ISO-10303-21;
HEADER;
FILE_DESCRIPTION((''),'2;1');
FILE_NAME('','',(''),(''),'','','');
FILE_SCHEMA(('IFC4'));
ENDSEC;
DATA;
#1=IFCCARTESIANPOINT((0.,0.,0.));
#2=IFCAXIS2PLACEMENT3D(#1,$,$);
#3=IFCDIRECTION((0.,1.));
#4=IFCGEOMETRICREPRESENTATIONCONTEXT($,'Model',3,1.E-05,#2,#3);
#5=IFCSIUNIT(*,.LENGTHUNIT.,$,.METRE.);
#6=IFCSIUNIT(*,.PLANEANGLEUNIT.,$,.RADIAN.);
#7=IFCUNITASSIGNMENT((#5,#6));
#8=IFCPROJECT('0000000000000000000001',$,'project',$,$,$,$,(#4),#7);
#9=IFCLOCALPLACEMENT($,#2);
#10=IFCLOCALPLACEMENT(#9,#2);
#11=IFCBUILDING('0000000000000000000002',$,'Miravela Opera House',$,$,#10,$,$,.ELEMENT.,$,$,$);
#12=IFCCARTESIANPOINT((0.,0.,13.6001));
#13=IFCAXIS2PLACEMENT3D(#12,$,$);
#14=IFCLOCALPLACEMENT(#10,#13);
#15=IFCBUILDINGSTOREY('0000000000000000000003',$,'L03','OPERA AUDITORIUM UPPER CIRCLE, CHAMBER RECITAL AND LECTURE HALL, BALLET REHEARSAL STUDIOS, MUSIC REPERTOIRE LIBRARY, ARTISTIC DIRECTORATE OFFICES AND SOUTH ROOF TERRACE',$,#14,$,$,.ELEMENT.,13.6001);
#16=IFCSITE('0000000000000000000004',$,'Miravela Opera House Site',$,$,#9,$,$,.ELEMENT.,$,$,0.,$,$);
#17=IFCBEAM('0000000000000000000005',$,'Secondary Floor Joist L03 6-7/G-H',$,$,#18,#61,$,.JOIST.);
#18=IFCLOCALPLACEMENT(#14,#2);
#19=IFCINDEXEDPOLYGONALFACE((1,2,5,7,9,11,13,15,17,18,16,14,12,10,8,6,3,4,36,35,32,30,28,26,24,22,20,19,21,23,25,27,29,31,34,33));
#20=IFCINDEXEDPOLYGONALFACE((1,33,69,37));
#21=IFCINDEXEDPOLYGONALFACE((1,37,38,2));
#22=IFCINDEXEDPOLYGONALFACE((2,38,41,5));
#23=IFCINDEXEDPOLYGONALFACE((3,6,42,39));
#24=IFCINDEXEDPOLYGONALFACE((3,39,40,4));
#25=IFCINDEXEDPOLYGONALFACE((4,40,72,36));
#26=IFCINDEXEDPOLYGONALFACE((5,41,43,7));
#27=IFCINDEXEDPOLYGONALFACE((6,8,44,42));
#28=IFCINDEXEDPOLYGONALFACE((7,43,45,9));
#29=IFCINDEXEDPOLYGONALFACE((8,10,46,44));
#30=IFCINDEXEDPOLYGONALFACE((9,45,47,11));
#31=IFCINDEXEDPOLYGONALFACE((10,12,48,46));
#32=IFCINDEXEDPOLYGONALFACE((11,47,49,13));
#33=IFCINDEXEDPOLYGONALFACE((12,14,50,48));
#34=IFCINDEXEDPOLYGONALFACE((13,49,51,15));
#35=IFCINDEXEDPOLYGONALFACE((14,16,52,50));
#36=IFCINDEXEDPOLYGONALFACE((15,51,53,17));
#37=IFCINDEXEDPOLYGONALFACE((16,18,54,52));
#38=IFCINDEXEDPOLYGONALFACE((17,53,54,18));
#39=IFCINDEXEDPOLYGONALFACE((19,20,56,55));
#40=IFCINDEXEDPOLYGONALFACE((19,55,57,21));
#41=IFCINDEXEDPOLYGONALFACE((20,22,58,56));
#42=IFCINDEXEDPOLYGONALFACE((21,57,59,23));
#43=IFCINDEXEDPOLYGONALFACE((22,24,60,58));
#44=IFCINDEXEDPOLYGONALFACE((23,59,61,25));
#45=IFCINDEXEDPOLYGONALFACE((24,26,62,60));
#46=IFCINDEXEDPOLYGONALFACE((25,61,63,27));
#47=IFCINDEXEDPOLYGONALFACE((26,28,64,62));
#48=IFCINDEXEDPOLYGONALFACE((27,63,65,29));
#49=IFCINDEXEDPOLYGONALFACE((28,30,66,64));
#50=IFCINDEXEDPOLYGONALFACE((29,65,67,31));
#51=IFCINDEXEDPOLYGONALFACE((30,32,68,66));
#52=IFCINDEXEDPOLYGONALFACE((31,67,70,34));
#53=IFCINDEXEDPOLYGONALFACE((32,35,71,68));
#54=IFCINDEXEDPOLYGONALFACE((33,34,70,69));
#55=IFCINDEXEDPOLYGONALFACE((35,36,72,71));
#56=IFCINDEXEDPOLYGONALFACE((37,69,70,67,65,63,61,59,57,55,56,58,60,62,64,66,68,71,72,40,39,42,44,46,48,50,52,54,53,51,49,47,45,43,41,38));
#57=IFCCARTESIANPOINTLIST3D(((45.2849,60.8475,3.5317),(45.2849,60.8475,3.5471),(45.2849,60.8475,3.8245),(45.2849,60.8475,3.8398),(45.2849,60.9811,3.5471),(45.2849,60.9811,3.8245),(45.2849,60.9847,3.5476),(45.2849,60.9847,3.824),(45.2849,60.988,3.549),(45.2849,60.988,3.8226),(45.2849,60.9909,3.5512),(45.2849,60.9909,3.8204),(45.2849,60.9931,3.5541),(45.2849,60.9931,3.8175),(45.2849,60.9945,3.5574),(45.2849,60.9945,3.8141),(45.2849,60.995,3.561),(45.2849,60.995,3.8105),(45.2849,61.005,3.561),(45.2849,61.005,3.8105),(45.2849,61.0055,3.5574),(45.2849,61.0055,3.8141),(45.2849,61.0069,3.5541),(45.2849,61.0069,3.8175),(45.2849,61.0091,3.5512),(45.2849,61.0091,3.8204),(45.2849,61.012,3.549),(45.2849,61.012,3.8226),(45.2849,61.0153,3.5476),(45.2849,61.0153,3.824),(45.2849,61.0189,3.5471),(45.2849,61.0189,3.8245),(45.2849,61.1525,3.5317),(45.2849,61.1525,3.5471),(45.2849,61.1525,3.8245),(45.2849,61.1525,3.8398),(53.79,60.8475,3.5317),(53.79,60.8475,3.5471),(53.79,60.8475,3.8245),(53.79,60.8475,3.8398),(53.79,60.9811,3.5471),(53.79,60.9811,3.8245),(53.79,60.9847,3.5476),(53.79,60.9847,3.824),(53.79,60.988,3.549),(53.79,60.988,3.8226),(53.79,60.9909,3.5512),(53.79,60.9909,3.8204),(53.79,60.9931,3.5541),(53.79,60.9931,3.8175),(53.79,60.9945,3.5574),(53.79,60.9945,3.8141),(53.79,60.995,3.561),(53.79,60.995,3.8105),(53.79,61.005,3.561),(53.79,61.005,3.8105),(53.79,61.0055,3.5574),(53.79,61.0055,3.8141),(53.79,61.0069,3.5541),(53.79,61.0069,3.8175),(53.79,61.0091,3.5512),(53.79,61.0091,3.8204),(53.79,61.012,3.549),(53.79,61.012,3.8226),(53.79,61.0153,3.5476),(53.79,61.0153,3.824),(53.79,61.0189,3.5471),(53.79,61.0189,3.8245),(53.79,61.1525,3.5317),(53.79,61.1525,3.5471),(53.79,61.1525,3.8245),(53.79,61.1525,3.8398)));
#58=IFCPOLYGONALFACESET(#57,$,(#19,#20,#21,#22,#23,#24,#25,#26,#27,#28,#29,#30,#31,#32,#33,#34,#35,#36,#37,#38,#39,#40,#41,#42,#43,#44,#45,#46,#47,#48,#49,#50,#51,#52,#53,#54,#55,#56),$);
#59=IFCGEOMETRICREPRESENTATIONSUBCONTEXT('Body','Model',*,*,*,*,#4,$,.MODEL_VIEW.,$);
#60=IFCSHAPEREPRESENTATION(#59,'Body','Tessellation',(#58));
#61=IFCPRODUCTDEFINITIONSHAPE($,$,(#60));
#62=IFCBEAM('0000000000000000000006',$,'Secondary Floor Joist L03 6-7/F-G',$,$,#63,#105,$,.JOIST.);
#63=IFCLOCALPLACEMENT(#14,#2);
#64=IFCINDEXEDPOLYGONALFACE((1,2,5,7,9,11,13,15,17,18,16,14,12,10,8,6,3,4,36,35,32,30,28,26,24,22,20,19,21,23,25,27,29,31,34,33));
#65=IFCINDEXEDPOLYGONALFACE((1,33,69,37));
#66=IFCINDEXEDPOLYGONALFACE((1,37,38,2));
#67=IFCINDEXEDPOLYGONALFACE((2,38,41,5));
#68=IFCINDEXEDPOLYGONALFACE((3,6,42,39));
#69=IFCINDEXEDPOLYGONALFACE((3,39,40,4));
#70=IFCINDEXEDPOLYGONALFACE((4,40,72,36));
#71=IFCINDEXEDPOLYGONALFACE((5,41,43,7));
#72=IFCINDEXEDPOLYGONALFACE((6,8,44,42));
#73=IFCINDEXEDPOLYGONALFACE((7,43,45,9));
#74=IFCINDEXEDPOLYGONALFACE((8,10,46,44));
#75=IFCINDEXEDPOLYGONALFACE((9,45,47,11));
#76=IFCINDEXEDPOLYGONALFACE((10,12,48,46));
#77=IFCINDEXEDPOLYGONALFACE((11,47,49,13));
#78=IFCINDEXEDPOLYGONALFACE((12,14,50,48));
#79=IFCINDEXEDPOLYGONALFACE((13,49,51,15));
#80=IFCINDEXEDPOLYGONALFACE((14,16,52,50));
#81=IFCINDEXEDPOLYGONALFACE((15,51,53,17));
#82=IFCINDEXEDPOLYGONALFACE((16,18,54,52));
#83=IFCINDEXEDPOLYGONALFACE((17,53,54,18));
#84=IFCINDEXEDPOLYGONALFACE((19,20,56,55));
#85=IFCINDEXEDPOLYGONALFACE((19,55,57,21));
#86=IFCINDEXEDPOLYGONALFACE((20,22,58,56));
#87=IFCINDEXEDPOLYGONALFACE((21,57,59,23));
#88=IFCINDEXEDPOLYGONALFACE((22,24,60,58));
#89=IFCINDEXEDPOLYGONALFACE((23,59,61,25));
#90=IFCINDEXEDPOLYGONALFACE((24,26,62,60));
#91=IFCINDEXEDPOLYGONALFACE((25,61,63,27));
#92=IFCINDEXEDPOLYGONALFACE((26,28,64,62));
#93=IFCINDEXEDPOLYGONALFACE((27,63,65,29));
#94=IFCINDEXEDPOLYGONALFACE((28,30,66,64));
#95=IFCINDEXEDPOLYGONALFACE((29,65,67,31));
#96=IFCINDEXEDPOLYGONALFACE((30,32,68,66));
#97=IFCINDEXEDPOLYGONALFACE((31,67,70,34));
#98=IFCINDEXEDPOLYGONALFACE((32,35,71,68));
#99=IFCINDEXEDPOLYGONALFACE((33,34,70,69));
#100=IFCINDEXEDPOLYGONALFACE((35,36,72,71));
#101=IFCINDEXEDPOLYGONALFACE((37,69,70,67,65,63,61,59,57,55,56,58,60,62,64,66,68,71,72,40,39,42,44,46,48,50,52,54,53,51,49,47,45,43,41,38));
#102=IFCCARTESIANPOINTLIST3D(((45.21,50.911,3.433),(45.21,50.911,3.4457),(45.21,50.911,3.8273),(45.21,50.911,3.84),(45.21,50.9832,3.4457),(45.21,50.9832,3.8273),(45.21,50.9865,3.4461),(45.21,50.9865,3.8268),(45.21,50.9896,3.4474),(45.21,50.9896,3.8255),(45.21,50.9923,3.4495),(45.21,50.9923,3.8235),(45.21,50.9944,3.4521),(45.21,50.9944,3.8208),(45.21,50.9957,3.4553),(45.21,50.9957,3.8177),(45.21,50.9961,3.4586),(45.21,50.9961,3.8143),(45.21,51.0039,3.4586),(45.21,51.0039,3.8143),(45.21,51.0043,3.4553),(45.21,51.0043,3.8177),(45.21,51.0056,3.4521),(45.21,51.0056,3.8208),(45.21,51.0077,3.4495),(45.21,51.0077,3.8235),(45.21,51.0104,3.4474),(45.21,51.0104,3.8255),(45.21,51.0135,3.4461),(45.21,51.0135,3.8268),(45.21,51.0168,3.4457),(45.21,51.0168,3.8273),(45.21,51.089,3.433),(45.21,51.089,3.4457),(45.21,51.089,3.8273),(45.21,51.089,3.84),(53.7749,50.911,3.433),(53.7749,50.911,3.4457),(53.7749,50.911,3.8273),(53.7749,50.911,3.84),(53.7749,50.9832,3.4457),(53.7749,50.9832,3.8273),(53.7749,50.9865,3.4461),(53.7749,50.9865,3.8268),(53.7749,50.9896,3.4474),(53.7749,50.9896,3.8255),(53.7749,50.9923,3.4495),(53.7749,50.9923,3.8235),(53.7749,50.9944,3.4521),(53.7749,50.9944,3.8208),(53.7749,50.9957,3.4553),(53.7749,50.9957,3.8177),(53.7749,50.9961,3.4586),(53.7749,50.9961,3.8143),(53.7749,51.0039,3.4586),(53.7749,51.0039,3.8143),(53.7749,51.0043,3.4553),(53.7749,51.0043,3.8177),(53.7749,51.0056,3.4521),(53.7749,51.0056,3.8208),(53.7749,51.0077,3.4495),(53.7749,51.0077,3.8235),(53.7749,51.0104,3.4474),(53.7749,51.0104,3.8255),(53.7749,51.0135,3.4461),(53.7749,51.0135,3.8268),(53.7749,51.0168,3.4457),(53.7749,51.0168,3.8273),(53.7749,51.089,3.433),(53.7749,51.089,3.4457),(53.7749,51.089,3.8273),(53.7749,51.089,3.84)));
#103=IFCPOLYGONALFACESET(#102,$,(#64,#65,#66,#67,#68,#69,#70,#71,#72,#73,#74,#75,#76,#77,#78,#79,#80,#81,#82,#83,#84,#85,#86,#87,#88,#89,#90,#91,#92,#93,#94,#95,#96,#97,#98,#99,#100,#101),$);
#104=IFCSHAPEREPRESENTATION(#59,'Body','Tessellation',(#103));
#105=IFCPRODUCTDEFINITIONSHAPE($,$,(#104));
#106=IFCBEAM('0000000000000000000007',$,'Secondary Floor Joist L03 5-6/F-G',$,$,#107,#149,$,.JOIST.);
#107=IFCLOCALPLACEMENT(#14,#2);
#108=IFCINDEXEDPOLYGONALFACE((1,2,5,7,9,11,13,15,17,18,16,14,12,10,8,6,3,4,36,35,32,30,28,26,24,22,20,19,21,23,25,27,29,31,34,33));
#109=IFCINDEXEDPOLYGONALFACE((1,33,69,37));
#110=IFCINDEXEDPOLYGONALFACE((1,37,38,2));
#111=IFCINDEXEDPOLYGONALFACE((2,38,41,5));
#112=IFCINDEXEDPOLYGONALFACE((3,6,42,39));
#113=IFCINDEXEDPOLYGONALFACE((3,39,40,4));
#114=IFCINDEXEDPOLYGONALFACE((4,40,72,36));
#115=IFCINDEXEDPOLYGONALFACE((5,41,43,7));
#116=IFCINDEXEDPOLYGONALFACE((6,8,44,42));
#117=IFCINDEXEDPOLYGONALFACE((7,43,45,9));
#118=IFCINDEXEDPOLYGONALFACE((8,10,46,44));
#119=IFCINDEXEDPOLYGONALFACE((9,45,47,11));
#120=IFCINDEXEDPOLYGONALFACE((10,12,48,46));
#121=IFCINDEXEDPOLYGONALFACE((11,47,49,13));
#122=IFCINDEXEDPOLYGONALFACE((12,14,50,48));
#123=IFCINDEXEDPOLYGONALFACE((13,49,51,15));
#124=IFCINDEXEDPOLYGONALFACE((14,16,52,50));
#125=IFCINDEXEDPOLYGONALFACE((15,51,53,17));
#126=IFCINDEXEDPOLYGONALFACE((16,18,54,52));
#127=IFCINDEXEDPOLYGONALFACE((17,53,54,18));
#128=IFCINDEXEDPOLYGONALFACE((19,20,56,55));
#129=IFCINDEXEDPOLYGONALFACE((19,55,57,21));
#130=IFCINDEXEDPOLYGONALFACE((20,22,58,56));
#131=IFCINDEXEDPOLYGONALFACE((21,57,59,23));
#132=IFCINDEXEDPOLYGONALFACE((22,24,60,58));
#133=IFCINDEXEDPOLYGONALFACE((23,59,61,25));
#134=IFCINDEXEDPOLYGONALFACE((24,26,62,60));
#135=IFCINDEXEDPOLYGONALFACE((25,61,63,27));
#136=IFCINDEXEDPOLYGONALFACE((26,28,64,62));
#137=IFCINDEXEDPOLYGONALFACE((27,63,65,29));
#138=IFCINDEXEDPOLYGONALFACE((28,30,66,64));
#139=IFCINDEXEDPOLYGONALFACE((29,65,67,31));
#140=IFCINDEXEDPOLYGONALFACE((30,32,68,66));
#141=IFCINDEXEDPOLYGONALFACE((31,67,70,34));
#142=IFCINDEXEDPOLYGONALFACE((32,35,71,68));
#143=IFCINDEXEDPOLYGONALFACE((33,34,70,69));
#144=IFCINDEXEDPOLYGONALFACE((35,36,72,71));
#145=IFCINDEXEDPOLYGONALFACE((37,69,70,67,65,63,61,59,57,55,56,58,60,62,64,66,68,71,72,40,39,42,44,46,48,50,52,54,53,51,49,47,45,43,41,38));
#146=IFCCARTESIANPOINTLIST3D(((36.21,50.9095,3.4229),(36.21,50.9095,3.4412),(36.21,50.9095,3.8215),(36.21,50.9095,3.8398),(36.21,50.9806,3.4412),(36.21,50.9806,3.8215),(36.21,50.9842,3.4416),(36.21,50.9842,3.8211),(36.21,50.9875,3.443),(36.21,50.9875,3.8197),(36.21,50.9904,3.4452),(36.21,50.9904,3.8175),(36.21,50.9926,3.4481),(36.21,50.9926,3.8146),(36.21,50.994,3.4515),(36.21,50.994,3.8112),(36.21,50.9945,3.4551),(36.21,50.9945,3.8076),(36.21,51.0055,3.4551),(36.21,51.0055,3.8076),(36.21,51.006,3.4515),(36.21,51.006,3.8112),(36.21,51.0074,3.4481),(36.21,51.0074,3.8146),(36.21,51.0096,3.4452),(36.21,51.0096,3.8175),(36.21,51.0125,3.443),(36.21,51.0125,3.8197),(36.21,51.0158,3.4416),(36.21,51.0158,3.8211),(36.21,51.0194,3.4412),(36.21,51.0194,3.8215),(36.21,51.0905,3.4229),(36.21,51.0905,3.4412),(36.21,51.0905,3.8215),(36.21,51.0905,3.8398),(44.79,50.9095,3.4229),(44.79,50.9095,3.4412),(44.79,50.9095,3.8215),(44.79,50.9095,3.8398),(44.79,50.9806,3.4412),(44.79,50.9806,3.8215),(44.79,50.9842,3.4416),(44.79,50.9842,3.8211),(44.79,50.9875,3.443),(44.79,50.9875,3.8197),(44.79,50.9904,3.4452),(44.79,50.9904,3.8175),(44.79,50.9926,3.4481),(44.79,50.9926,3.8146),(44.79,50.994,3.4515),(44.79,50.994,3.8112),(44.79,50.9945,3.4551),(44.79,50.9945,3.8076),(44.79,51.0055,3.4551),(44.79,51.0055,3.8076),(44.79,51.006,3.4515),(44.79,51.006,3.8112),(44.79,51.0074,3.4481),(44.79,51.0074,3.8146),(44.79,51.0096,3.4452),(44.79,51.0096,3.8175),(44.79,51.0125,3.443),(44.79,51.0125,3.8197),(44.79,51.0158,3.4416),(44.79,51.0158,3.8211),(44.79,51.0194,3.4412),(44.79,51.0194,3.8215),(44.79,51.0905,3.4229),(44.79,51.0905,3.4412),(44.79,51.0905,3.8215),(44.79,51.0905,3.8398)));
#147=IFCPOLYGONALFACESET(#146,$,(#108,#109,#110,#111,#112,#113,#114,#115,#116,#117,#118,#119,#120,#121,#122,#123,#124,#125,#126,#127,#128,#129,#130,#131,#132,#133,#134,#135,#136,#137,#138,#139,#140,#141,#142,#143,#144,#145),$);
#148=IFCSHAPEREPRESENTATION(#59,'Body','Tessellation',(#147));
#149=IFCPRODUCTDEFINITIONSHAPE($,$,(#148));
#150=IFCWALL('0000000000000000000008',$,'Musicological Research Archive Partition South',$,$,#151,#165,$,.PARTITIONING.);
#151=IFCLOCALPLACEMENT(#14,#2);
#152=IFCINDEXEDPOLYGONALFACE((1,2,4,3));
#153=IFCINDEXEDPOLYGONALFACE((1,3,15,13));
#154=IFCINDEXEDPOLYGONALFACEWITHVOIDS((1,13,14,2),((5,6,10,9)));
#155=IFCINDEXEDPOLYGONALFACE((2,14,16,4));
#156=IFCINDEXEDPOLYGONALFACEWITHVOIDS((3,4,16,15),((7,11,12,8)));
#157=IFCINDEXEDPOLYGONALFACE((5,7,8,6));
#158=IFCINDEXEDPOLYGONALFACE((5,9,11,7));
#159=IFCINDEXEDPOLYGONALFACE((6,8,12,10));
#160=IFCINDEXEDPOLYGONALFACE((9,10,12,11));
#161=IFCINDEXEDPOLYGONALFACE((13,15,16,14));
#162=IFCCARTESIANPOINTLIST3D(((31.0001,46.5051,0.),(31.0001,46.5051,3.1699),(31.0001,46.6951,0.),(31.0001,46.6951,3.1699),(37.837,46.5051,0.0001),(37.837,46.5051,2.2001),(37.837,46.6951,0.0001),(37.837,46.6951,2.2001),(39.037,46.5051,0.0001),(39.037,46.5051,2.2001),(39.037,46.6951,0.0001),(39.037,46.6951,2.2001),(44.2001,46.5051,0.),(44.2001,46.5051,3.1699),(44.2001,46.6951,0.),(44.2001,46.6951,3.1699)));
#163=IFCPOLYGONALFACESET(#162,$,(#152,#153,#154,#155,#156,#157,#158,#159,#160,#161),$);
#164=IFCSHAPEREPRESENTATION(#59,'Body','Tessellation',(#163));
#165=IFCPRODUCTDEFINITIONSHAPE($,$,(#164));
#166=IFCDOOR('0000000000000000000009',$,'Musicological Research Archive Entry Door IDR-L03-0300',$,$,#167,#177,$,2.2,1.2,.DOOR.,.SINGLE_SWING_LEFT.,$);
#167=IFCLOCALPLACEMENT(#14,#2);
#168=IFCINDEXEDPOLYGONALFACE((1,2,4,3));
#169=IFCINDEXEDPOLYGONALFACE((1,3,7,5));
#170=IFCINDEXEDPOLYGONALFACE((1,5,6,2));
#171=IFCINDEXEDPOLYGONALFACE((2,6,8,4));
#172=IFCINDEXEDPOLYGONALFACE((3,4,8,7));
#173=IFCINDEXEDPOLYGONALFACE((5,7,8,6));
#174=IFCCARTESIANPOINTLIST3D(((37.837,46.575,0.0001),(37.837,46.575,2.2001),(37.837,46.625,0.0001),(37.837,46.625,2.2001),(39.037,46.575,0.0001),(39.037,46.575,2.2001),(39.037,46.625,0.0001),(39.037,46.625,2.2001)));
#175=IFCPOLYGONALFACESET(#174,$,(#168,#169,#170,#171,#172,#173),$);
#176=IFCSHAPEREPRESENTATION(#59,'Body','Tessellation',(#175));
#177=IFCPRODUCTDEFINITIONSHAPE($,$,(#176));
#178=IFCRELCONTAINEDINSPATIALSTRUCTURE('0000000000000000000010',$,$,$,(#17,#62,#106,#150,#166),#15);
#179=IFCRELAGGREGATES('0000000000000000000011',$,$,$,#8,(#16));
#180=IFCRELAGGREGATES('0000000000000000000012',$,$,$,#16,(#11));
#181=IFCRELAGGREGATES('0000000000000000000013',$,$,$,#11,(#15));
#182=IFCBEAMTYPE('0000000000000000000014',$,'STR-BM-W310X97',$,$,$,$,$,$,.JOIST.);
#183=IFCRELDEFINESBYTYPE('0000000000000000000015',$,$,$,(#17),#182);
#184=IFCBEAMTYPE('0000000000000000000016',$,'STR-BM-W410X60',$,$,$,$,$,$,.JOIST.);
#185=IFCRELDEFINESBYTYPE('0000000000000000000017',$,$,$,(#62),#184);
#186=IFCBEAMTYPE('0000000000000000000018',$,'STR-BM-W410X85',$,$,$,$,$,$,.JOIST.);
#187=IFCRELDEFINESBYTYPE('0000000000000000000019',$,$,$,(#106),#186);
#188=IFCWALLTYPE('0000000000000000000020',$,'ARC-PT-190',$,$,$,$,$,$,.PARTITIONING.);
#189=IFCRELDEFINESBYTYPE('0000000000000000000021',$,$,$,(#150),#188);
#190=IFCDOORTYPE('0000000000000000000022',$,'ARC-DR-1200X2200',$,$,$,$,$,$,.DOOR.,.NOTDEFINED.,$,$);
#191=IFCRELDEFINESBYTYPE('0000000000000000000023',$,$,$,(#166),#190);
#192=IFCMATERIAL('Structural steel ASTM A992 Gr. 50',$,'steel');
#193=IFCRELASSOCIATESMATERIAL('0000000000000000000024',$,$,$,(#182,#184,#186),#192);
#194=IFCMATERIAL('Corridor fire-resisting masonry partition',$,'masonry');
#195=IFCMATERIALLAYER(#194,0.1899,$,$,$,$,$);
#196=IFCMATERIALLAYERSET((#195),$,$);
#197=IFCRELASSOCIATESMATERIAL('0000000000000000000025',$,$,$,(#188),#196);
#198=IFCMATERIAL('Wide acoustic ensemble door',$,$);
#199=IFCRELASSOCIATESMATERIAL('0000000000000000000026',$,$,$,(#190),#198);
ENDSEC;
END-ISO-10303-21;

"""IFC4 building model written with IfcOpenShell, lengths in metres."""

from ifc_helpers import new_model, si_unit, direction, frame, frame_2d, origin, origin_2d, place, context, subcontext, project, spatial, rectangle, i_section, extrude, material, layer, layer_set, material_profile, profile_set, type_object, element, fill, save


model = new_model("IFC4")

# Units and contexts
model_context = context("Model", 3, precision=1e-05, world=origin(), true_north=direction((0.0, 1.0)))
body_context = subcontext(model_context, "Body", "Model", "MODEL_VIEW")
ifc_project = project(units=[si_unit("LENGTHUNIT", "METRE"), si_unit("PLANEANGLEUNIT", "RADIAN")], contexts=[model_context])

# Site, building, storey
site_placement = place(None, origin())
site = spatial("IfcSite", under=ifc_project, at=site_placement, Name="Miravela Opera House Site", CompositionType="ELEMENT", RefElevation=0.0)
building_placement = place(site_placement, origin())
building = spatial("IfcBuilding", under=site, at=building_placement, Name="Miravela Opera House", CompositionType="ELEMENT")
storey_placement = place(building_placement, frame((0.0, 0.0, 13.6001)))
storey = spatial("IfcBuildingStorey", under=building, at=storey_placement, Name="L03", Description="OPERA AUDITORIUM UPPER CIRCLE, CHAMBER RECITAL AND LECTURE HALL, BALLET REHEARSAL STUDIOS, MUSIC REPERTOIRE LIBRARY, ARTISTIC DIRECTORATE OFFICES AND SOUTH ROOF TERRACE", CompositionType="ELEMENT", Elevation=13.6001)

# Beams
ifc_material_1 = material(Name="Structural steel ASTM A992 Gr. 50", Category="steel")
ifc_material_profile_1 = material_profile(ifc_material_1, i_section(OverallWidth=0.3049, OverallDepth=0.3081, WebThickness=0.01, FlangeThickness=0.0154, FilletRadius=0.0139, at=origin_2d()), Name="W310X97")
ifc_profile_set_1 = profile_set([ifc_material_profile_1])
beam_type_1 = type_object("IfcBeamType", Name="STR-BM-W310X97", PredefinedType="JOIST", material=ifc_profile_set_1)
beam_1_placement = place(storey_placement, frame((45.2849, 61.0, 3.6858), z_axis=(1.0, 0.0, 0.0), x_axis=(0.0, 1.0, 0.0)))
element("IfcBeam", 1, at=beam_1_placement, inside=storey, type_object=beam_type_1, Name="Secondary Floor Joist L03 6-7/G-H", PredefinedType="JOIST", context=body_context, shape_type="SweptSolid", body=[
    extrude(i_section(OverallWidth=0.3049, OverallDepth=0.3081, WebThickness=0.01, FlangeThickness=0.0154, FilletRadius=0.0139, at=origin_2d()), origin(), (0.0, 0.0, 1.0), 8.5051),
])
ifc_material_profile_2 = material_profile(ifc_material_1, i_section(OverallWidth=0.178, OverallDepth=0.407, WebThickness=0.0078, FlangeThickness=0.0127, FilletRadius=0.0129, at=origin_2d()), Name="W410X60")
ifc_profile_set_2 = profile_set([ifc_material_profile_2])
beam_type_2 = type_object("IfcBeamType", Name="STR-BM-W410X60", PredefinedType="JOIST", material=ifc_profile_set_2)
beam_2_placement = place(storey_placement, frame((45.21, 51.0, 3.6365), z_axis=(1.0, 0.0, 0.0), x_axis=(0.0, 1.0, 0.0)))
element("IfcBeam", 2, at=beam_2_placement, inside=storey, type_object=beam_type_2, Name="Secondary Floor Joist L03 6-7/F-G", PredefinedType="JOIST", context=body_context, shape_type="SweptSolid", body=[
    extrude(i_section(OverallWidth=0.178, OverallDepth=0.407, WebThickness=0.0078, FlangeThickness=0.0127, FilletRadius=0.0129, at=origin_2d()), origin(), (0.0, 0.0, 1.0), 8.5649),
])
ifc_material_profile_3 = material_profile(ifc_material_1, i_section(OverallWidth=0.1809, OverallDepth=0.417, WebThickness=0.011, FlangeThickness=0.0183, FilletRadius=0.0139, at=origin_2d()), Name="W410X85")
ifc_profile_set_3 = profile_set([ifc_material_profile_3])
beam_type_3 = type_object("IfcBeamType", Name="STR-BM-W410X85", PredefinedType="JOIST", material=ifc_profile_set_3)
beam_3_placement = place(storey_placement, frame((36.21, 51.0, 3.6313), z_axis=(1.0, 0.0, 0.0), x_axis=(0.0, 1.0, 0.0)))
element("IfcBeam", 3, at=beam_3_placement, inside=storey, type_object=beam_type_3, Name="Secondary Floor Joist L03 5-6/F-G", PredefinedType="JOIST", context=body_context, shape_type="SweptSolid", body=[
    extrude(i_section(OverallWidth=0.1809, OverallDepth=0.417, WebThickness=0.011, FlangeThickness=0.0183, FilletRadius=0.0139, at=origin_2d()), origin(), (0.0, 0.0, 1.0), 8.5801),
])

# Wall, opening, door
ifc_material_2 = material(Name="Corridor fire-resisting masonry partition", Category="masonry")
ifc_layer_1 = layer(ifc_material_2, 0.1899)
ifc_layer_set_1 = layer_set([ifc_layer_1])
wall_type_1 = type_object("IfcWallType", Name="ARC-PT-190", PredefinedType="PARTITIONING", material=ifc_layer_set_1)
wall_1_placement = place(storey_placement, frame((31.0, 46.6001, 0.0), z_axis=(0.0, 0.0, 1.0), x_axis=(1.0, 0.0, 0.0)))
wall_1 = element("IfcWall", 4, at=wall_1_placement, inside=storey, type_object=wall_type_1, Name="Musicological Research Archive Partition South", PredefinedType="PARTITIONING", context=body_context, shape_type="SweptSolid", body=[
    extrude(rectangle(XDim=13.2, YDim=0.1899, at=frame_2d((6.6001, 0.0))), origin(), (0.0, 0.0, 1.0), 3.1699),
])
opening_1_placement = place(wall_1_placement, frame((6.8369, 0.0, 0.0)))
opening_1 = element("IfcOpeningElement", 5, at=opening_1_placement, cuts=wall_1, PredefinedType="OPENING", context=body_context, shape_type="SweptSolid", body=[
    extrude(rectangle(XDim=1.2, YDim=2.2, at=frame_2d((0.6001, 1.1001))), frame((0.0, 0.105, 0.0), z_axis=(0.0, -1.0, 0.0), x_axis=(1.0, 0.0, 0.0)), (0.0, 0.0, 1.0), 0.21),
])
ifc_material_3 = material(Name="Wide acoustic ensemble door")
door_type_1 = type_object("IfcDoorType", Name="ARC-DR-1200X2200", OperationType="NOTDEFINED", PredefinedType="DOOR", material=ifc_material_3)
door_1_placement = place(opening_1_placement, origin())
door_1 = element("IfcDoor", 6, at=door_1_placement, inside=storey, type_object=door_type_1, Name="Musicological Research Archive Entry Door IDR-L03-0300", OperationType="SINGLE_SWING_LEFT", OverallHeight=2.2, OverallWidth=1.2, PredefinedType="DOOR", context=body_context, shape_type="SweptSolid", body=[
    extrude(rectangle(XDim=1.2, YDim=2.2, at=frame_2d((0.6001, 1.1001))), frame((0.0, 0.0249, 0.0), z_axis=(0.0, -1.0, 0.0), x_axis=(1.0, 0.0, 0.0)), (0.0, 0.0, 1.0), 0.05),
])
fill(opening_1, door_1)

save(model, "model.ifc")
